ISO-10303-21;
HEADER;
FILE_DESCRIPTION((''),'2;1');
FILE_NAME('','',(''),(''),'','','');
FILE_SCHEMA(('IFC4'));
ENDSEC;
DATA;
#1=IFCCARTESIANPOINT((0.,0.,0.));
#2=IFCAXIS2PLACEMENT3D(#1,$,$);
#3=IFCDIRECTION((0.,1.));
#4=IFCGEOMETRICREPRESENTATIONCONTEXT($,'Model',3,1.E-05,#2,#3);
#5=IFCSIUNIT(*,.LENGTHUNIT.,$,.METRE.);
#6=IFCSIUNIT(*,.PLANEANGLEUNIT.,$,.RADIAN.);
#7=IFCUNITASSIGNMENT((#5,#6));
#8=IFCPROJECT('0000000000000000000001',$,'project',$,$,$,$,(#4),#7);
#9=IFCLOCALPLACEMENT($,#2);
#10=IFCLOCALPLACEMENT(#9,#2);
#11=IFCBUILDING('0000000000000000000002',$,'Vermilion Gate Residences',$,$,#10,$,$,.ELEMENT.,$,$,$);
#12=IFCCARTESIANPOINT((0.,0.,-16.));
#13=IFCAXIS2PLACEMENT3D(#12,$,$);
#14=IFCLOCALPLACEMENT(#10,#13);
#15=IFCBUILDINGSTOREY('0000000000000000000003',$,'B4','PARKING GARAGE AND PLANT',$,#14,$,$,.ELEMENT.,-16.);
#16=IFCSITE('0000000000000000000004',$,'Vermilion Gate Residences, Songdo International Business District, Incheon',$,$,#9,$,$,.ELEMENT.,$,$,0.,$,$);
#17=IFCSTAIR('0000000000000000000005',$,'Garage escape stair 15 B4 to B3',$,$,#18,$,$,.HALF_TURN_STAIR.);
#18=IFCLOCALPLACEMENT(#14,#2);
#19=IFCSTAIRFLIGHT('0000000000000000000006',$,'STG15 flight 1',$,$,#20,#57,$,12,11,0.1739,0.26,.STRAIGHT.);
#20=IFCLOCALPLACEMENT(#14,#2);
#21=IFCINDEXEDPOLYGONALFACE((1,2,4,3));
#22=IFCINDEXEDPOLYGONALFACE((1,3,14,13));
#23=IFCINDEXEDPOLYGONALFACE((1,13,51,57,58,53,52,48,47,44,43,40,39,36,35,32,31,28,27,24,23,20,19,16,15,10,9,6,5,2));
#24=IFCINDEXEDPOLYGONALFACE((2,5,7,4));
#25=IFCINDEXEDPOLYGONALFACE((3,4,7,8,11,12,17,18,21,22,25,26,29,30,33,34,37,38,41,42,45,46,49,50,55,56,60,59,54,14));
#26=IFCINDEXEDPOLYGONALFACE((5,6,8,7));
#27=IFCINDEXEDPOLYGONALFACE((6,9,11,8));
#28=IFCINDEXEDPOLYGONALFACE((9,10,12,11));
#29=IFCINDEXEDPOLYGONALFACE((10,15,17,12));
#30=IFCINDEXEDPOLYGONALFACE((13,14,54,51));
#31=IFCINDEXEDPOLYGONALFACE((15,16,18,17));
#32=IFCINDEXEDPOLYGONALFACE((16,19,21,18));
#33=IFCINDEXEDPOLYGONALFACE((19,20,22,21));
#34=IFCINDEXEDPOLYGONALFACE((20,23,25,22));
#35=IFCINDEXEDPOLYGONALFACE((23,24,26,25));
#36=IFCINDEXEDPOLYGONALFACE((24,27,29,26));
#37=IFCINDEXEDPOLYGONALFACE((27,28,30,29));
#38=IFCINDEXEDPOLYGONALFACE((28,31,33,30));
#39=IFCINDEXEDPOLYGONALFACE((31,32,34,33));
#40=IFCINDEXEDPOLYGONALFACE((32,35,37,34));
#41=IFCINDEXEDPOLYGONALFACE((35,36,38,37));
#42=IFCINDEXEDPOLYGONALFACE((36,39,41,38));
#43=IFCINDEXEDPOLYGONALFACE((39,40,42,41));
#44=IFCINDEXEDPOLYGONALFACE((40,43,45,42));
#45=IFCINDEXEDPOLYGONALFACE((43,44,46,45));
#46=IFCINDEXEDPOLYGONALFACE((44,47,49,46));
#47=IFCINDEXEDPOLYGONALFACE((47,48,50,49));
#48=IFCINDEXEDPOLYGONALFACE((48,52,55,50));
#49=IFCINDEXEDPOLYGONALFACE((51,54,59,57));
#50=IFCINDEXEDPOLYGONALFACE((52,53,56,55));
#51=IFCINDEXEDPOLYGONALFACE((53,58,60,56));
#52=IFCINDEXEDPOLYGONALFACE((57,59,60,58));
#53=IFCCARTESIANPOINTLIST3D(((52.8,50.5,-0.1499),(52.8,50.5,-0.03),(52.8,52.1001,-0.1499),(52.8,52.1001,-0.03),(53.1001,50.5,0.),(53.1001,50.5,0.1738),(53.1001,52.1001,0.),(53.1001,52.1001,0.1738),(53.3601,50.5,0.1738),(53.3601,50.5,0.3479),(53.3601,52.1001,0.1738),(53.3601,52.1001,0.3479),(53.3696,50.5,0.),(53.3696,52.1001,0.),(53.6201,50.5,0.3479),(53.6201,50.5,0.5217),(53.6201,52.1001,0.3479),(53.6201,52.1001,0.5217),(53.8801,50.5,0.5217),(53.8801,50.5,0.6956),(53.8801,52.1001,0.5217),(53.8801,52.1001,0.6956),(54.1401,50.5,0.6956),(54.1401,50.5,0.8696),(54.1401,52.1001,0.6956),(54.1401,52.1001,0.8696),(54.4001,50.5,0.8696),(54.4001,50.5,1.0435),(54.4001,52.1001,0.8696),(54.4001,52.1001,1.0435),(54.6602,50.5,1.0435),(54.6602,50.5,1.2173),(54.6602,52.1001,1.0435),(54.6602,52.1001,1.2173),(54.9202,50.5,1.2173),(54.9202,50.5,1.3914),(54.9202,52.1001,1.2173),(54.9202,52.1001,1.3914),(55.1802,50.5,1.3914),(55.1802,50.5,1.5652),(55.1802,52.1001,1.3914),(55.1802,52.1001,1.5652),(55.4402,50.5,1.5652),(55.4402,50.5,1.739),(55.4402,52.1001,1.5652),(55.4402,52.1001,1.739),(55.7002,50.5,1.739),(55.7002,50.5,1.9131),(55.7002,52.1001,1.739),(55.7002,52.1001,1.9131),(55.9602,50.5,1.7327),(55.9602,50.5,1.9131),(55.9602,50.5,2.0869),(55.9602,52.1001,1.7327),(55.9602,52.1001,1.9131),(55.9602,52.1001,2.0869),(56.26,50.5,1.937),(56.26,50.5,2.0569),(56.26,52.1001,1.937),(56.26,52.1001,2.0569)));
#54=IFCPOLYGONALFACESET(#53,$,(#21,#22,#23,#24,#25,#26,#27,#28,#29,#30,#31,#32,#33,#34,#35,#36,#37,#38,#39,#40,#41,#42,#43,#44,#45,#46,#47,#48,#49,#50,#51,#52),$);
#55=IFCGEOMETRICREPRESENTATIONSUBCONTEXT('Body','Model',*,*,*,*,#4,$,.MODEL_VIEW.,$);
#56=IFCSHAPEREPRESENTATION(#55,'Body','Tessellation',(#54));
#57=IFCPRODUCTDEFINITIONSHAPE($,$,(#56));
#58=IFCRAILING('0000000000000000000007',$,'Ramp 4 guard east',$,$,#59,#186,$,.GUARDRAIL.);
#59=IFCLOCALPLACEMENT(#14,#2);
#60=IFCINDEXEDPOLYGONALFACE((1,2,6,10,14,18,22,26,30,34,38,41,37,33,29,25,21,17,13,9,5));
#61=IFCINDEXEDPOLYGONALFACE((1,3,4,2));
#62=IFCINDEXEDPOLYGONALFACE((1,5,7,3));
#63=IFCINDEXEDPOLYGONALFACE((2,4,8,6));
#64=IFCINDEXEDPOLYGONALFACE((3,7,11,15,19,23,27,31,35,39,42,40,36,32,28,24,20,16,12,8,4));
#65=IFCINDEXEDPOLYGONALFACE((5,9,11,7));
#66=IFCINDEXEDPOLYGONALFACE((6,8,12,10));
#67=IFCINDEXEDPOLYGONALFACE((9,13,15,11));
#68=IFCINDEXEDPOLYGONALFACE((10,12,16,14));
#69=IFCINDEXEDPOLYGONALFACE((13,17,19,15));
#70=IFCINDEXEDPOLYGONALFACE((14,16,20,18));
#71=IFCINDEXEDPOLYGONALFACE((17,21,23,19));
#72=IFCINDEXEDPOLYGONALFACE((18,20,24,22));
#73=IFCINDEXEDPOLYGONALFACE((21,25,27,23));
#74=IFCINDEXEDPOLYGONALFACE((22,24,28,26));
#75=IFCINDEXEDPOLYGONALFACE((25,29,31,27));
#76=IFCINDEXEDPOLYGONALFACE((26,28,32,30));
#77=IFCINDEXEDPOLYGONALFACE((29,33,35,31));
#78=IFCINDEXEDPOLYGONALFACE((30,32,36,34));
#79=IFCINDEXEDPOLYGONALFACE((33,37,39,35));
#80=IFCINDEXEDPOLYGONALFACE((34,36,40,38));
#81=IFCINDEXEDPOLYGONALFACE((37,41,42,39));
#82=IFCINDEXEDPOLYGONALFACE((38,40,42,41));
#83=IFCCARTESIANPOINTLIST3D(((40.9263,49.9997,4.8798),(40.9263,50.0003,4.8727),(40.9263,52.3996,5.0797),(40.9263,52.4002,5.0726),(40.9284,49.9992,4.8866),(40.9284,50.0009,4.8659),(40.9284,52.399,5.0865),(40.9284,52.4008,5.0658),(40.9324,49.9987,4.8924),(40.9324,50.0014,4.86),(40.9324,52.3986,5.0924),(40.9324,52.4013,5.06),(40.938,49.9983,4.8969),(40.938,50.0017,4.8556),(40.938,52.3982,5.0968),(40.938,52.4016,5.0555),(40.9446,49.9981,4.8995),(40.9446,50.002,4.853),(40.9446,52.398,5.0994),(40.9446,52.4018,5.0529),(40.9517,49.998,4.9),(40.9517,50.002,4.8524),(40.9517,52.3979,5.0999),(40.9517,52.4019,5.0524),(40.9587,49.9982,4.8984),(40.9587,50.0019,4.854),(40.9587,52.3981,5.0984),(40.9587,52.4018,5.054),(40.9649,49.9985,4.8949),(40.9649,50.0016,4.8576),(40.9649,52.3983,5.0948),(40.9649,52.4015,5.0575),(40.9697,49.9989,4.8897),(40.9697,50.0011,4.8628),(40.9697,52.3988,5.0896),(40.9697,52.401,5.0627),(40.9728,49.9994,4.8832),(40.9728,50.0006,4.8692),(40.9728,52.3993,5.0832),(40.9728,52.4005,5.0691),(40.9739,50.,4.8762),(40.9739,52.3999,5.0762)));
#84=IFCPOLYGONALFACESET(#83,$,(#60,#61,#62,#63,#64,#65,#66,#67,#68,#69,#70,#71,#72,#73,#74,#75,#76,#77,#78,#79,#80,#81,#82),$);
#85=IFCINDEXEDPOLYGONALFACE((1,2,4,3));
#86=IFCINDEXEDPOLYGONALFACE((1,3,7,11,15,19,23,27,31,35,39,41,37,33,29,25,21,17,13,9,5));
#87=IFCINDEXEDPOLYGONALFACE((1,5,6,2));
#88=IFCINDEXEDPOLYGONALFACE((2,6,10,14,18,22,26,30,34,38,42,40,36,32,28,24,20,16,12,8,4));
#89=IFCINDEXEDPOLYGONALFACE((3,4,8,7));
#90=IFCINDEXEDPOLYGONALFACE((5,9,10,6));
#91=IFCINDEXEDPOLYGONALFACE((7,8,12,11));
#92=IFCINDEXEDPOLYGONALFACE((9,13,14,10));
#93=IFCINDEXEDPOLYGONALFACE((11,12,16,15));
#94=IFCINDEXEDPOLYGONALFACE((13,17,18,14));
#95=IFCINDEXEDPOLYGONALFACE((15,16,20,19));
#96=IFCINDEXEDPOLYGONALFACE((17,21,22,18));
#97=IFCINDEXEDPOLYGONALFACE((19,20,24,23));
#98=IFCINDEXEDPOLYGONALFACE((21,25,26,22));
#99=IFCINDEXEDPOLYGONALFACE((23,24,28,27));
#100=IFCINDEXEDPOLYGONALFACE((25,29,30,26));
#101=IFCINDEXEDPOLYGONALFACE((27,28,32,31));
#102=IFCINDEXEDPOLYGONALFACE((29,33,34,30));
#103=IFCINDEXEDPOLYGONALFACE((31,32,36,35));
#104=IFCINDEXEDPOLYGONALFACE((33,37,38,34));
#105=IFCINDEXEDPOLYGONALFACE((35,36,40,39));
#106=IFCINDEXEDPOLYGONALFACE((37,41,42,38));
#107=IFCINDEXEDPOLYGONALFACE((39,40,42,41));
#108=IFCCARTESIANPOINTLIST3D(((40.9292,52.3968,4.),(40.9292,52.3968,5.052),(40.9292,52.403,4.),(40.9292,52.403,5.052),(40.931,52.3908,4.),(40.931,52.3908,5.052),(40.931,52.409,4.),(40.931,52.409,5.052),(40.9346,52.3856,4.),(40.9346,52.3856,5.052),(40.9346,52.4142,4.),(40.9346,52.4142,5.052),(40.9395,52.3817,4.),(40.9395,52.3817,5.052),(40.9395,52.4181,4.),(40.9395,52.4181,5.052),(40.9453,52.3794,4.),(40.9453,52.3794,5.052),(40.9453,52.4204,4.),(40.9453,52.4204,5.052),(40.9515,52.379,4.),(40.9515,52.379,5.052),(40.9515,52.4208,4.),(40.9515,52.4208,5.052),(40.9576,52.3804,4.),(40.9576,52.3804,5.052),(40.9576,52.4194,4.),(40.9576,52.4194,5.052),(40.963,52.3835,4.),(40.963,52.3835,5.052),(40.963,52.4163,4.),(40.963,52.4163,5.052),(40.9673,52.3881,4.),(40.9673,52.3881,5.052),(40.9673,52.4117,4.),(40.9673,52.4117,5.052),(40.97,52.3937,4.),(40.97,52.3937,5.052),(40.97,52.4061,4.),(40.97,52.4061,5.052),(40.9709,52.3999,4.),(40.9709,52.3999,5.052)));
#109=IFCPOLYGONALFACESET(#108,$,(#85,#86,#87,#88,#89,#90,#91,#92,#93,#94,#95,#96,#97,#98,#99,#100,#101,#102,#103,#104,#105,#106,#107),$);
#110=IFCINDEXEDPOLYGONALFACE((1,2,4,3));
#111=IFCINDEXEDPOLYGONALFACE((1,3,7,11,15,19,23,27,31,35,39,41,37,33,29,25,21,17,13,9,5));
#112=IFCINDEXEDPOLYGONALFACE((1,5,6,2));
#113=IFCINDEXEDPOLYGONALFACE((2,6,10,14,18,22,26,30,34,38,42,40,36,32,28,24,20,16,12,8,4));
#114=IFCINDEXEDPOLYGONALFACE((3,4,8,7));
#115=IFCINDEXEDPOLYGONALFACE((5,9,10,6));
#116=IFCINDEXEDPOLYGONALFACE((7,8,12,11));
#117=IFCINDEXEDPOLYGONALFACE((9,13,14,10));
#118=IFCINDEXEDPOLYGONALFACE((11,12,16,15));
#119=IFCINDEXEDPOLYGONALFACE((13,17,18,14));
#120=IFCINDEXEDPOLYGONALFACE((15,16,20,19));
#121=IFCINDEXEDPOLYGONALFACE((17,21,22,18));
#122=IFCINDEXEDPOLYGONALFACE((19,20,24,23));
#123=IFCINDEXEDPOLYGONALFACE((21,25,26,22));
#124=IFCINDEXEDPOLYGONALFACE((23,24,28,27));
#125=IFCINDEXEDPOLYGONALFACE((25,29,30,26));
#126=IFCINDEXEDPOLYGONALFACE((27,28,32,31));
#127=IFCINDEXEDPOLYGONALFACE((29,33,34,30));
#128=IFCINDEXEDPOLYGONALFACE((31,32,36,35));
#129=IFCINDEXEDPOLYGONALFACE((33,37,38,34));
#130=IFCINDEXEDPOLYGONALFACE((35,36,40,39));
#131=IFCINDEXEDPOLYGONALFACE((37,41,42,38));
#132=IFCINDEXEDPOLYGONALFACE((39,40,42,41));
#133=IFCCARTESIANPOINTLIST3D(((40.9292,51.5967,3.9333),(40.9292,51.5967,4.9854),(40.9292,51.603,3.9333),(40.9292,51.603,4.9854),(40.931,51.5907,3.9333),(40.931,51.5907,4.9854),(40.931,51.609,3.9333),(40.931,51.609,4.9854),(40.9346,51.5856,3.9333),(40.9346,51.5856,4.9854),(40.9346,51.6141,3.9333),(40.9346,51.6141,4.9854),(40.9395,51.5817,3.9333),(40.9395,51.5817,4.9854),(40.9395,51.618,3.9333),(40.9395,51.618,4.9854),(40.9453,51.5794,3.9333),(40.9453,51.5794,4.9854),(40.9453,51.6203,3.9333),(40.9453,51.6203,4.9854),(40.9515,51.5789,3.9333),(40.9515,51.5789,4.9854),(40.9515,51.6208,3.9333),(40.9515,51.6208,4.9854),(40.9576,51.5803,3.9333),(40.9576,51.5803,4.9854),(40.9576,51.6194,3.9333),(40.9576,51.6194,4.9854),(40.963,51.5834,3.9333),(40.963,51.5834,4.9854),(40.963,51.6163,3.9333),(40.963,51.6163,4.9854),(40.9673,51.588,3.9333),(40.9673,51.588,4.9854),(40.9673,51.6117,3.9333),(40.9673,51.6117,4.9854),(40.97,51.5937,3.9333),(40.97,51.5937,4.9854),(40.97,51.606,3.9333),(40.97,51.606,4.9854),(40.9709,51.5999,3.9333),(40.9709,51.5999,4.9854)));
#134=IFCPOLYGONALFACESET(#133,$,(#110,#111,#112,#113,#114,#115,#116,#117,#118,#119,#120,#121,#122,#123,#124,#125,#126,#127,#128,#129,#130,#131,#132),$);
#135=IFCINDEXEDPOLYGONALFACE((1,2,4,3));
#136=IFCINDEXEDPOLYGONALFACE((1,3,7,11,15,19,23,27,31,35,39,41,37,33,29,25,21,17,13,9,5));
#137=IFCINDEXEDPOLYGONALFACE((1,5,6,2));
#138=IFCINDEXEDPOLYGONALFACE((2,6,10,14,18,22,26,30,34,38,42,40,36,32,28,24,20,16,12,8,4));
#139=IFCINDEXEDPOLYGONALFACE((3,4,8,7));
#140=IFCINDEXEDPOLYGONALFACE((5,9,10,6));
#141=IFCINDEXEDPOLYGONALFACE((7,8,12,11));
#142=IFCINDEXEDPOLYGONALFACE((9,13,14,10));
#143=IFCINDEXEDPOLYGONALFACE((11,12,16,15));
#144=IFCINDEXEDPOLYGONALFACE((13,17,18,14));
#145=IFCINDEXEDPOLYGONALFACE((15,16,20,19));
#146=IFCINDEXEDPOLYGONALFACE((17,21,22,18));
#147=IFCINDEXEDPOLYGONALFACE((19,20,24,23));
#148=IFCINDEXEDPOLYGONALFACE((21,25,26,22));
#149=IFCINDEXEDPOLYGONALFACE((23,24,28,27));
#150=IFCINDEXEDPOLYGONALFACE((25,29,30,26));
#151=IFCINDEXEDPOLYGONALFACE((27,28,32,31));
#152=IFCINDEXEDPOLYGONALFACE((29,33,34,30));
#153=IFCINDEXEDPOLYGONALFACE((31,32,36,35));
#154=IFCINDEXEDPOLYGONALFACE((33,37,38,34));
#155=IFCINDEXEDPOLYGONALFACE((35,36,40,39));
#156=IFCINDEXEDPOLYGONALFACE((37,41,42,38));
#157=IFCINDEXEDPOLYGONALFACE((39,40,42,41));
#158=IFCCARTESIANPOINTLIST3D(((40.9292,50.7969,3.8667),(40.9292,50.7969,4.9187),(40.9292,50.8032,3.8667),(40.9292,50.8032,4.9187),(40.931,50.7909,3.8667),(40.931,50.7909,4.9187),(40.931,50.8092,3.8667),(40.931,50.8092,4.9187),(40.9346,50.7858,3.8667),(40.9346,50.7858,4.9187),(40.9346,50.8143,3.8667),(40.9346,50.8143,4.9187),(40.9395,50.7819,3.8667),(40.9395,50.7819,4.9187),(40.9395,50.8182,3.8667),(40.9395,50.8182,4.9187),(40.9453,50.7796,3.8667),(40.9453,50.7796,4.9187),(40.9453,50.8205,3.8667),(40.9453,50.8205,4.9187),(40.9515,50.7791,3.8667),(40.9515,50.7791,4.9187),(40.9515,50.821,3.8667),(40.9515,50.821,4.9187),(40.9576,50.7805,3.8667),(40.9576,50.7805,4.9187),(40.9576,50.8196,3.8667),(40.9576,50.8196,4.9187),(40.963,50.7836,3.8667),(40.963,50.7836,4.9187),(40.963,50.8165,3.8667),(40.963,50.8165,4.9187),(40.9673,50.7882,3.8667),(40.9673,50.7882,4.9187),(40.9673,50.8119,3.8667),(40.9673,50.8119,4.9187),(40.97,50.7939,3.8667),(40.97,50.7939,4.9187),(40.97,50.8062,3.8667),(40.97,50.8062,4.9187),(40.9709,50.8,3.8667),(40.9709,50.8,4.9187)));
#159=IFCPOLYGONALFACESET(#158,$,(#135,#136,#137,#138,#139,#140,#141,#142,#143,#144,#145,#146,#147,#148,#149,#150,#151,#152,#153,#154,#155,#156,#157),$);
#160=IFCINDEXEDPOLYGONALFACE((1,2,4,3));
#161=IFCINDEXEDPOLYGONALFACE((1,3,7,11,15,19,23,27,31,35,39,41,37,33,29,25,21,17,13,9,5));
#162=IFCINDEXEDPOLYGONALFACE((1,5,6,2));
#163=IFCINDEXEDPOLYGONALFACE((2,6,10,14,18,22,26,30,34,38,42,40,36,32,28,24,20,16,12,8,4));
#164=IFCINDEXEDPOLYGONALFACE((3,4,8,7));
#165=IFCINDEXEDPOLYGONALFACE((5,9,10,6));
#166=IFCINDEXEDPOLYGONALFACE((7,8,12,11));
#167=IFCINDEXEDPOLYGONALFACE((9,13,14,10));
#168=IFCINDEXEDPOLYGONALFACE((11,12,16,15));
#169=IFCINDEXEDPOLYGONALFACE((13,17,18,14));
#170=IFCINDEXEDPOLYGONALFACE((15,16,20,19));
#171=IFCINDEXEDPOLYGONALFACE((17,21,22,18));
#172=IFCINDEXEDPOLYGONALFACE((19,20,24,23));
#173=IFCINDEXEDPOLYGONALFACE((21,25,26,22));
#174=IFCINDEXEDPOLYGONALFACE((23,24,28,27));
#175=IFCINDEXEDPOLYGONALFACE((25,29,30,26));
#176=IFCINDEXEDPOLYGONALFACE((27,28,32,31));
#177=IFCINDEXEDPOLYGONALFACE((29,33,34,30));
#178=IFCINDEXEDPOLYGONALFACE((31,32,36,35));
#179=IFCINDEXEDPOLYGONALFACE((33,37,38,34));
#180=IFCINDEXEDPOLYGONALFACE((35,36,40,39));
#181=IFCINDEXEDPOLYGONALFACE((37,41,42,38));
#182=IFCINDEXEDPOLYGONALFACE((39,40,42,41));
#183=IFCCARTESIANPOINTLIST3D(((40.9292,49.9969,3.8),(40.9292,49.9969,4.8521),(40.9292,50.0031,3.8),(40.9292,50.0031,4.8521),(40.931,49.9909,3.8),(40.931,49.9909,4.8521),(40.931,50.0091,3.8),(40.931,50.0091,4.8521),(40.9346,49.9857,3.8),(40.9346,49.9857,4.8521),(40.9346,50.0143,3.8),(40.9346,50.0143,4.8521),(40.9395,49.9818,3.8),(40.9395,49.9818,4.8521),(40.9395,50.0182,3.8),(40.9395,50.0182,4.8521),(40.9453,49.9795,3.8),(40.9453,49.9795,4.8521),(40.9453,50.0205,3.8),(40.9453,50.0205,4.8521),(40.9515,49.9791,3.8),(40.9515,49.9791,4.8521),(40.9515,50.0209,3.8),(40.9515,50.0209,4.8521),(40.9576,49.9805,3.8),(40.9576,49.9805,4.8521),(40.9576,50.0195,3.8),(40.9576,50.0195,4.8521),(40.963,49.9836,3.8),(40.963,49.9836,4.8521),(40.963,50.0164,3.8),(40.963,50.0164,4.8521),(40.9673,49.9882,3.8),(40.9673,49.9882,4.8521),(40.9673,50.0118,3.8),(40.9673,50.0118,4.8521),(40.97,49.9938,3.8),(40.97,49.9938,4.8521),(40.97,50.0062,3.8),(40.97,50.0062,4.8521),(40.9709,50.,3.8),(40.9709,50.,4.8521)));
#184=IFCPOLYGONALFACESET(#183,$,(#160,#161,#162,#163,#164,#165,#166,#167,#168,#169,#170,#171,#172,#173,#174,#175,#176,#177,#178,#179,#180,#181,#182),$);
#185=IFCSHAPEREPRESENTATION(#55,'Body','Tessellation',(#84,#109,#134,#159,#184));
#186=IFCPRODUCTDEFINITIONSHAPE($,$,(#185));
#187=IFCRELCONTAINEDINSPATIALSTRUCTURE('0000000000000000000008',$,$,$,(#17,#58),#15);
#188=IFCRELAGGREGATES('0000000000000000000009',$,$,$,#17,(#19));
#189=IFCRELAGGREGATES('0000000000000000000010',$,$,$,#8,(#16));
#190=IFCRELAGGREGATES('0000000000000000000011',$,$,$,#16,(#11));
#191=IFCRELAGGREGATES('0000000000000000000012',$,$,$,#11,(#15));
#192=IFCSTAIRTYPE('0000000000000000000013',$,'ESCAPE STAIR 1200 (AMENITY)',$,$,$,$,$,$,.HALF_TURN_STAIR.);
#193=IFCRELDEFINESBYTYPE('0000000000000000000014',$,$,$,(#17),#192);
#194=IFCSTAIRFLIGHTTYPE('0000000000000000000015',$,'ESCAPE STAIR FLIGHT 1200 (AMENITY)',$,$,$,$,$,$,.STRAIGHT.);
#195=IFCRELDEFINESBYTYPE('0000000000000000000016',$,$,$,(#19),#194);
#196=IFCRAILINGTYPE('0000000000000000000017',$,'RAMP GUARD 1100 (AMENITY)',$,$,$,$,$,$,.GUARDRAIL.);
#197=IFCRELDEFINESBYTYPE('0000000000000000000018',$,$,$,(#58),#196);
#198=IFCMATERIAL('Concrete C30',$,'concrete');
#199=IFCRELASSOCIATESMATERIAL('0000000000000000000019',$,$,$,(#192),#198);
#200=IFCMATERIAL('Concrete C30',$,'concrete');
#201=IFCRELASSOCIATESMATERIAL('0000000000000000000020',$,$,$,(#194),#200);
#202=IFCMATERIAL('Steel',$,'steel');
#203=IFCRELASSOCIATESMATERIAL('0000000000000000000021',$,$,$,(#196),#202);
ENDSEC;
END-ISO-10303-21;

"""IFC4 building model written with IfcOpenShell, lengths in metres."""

from ifc_helpers import new_model, si_unit, direction, frame, origin, origin_2d, place, context, subcontext, project, spatial, polyline, circle, outline, extrude, material, type_object, element, aggregate, save


model = new_model("IFC4")

# Units and contexts
model_context = context("Model", 3, precision=1e-05, world=origin(), true_north=direction((0.0, 1.0)))
body_context = subcontext(model_context, "Body", "Model", "MODEL_VIEW")
ifc_project = project(units=[si_unit("LENGTHUNIT", "METRE"), si_unit("PLANEANGLEUNIT", "RADIAN")], contexts=[model_context])

# Site, building, storey
site_placement = place(None, origin())
site = spatial("IfcSite", under=ifc_project, at=site_placement, Name="Vermilion Gate Residences, Songdo International Business District, Incheon", CompositionType="ELEMENT", RefElevation=0.0)
building_placement = place(site_placement, origin())
building = spatial("IfcBuilding", under=site, at=building_placement, Name="Vermilion Gate Residences", CompositionType="ELEMENT")
storey_placement = place(building_placement, frame((0.0, 0.0, -16.0)))
storey = spatial("IfcBuildingStorey", under=building, at=storey_placement, Name="B4", Description="PARKING GARAGE AND PLANT", CompositionType="ELEMENT", Elevation=-16.0)

# Stair, stair flight
ifc_material_1 = material(Name="Concrete C30", Category="concrete")
stair_type = type_object("IfcStairType", Name="ESCAPE STAIR 1200 (AMENITY)", PredefinedType="HALF_TURN_STAIR", material=ifc_material_1)
stair_placement = place(storey_placement, origin())
stair = element("IfcStair", 1, at=stair_placement, inside=storey, type_object=stair_type, Name="Garage escape stair 15 B4 to B3", PredefinedType="HALF_TURN_STAIR")
ifc_material_2 = material(Name="Concrete C30", Category="concrete")
stair_flight_type = type_object("IfcStairFlightType", Name="ESCAPE STAIR FLIGHT 1200 (AMENITY)", PredefinedType="STRAIGHT", material=ifc_material_2)
stair_flight_placement = place(storey_placement, frame((53.1001, 51.3, 0.0), z_axis=(0.0, 0.0, 1.0), x_axis=(1.0, 0.0, 0.0)))
stair_flight = element("IfcStairFlight", 2, at=stair_flight_placement, type_object=stair_flight_type, Name="STG15 flight 1", NumberOfRisers=12, NumberOfTreads=11, PredefinedType="STRAIGHT", RiserHeight=0.1739, TreadLength=0.26, context=body_context, shape_type="SweptSolid", body=[
    extrude(outline(polyline([(-0.3, -0.1499), (-0.3, -0.03), (0.0, 0.0), (0.0, 0.1738), (0.26, 0.1738), (0.26, 0.3479), (0.52, 0.3479), (0.52, 0.5217), (0.78, 0.5217), (0.78, 0.6956), (1.04, 0.6956), (1.04, 0.8696), (1.3, 0.8696), (1.3, 1.0435), (1.5601, 1.0435), (1.5601, 1.2173), (1.8201, 1.2173), (1.8201, 1.3914), (2.0801, 1.3914), (2.0801, 1.5652), (2.3401, 1.5652), (2.3401, 1.739), (2.6001, 1.739), (2.6001, 1.9131), (2.8601, 1.9131), (2.8601, 2.0869), (3.1599, 2.0569), (3.1599, 1.937), (2.8601, 1.7327), (0.2695, 0.0), (-0.3, -0.1499)])), frame((0.0, 0.8, 0.0), z_axis=(0.0, -1.0, 0.0), x_axis=(1.0, 0.0, 0.0)), (0.0, 0.0, 1.0), 1.6001),
])
aggregate(stair, [stair_flight])

# Railing
ifc_material_3 = material(Name="Steel", Category="steel")
railing_type_1 = type_object("IfcRailingType", Name="RAMP GUARD 1100 (AMENITY)", PredefinedType="GUARDRAIL", material=ifc_material_3)
railing_1_placement = place(storey_placement, frame((40.95, 52.3999, 4.0)))
element("IfcRailing", 3, at=railing_1_placement, inside=storey, type_object=railing_type_1, Name="Ramp 4 guard east", PredefinedType="GUARDRAIL", context=body_context, shape_type="SweptSolid", body=[
    extrude(circle(Radius=0.0239, at=origin_2d()), frame((0.0, 0.0, 1.0762), z_axis=(0.0, -0.996547, -0.083029), x_axis=(1.0, 0.0, 0.0)), (0.0, 0.0, 1.0), 2.4082),
    extrude(circle(Radius=0.021, at=origin_2d()), origin(), (0.0, 0.0, 1.0), 1.052),
    extrude(circle(Radius=0.021, at=origin_2d()), frame((0.0, -0.8, -0.0667)), (0.0, 0.0, 1.0), 1.052),
    extrude(circle(Radius=0.021, at=origin_2d()), frame((0.0, -1.5999, -0.1333)), (0.0, 0.0, 1.0), 1.052),
    extrude(circle(Radius=0.021, at=origin_2d()), frame((0.0, -2.3999, -0.2)), (0.0, 0.0, 1.0), 1.052),
])

save(model, "model.ifc")
